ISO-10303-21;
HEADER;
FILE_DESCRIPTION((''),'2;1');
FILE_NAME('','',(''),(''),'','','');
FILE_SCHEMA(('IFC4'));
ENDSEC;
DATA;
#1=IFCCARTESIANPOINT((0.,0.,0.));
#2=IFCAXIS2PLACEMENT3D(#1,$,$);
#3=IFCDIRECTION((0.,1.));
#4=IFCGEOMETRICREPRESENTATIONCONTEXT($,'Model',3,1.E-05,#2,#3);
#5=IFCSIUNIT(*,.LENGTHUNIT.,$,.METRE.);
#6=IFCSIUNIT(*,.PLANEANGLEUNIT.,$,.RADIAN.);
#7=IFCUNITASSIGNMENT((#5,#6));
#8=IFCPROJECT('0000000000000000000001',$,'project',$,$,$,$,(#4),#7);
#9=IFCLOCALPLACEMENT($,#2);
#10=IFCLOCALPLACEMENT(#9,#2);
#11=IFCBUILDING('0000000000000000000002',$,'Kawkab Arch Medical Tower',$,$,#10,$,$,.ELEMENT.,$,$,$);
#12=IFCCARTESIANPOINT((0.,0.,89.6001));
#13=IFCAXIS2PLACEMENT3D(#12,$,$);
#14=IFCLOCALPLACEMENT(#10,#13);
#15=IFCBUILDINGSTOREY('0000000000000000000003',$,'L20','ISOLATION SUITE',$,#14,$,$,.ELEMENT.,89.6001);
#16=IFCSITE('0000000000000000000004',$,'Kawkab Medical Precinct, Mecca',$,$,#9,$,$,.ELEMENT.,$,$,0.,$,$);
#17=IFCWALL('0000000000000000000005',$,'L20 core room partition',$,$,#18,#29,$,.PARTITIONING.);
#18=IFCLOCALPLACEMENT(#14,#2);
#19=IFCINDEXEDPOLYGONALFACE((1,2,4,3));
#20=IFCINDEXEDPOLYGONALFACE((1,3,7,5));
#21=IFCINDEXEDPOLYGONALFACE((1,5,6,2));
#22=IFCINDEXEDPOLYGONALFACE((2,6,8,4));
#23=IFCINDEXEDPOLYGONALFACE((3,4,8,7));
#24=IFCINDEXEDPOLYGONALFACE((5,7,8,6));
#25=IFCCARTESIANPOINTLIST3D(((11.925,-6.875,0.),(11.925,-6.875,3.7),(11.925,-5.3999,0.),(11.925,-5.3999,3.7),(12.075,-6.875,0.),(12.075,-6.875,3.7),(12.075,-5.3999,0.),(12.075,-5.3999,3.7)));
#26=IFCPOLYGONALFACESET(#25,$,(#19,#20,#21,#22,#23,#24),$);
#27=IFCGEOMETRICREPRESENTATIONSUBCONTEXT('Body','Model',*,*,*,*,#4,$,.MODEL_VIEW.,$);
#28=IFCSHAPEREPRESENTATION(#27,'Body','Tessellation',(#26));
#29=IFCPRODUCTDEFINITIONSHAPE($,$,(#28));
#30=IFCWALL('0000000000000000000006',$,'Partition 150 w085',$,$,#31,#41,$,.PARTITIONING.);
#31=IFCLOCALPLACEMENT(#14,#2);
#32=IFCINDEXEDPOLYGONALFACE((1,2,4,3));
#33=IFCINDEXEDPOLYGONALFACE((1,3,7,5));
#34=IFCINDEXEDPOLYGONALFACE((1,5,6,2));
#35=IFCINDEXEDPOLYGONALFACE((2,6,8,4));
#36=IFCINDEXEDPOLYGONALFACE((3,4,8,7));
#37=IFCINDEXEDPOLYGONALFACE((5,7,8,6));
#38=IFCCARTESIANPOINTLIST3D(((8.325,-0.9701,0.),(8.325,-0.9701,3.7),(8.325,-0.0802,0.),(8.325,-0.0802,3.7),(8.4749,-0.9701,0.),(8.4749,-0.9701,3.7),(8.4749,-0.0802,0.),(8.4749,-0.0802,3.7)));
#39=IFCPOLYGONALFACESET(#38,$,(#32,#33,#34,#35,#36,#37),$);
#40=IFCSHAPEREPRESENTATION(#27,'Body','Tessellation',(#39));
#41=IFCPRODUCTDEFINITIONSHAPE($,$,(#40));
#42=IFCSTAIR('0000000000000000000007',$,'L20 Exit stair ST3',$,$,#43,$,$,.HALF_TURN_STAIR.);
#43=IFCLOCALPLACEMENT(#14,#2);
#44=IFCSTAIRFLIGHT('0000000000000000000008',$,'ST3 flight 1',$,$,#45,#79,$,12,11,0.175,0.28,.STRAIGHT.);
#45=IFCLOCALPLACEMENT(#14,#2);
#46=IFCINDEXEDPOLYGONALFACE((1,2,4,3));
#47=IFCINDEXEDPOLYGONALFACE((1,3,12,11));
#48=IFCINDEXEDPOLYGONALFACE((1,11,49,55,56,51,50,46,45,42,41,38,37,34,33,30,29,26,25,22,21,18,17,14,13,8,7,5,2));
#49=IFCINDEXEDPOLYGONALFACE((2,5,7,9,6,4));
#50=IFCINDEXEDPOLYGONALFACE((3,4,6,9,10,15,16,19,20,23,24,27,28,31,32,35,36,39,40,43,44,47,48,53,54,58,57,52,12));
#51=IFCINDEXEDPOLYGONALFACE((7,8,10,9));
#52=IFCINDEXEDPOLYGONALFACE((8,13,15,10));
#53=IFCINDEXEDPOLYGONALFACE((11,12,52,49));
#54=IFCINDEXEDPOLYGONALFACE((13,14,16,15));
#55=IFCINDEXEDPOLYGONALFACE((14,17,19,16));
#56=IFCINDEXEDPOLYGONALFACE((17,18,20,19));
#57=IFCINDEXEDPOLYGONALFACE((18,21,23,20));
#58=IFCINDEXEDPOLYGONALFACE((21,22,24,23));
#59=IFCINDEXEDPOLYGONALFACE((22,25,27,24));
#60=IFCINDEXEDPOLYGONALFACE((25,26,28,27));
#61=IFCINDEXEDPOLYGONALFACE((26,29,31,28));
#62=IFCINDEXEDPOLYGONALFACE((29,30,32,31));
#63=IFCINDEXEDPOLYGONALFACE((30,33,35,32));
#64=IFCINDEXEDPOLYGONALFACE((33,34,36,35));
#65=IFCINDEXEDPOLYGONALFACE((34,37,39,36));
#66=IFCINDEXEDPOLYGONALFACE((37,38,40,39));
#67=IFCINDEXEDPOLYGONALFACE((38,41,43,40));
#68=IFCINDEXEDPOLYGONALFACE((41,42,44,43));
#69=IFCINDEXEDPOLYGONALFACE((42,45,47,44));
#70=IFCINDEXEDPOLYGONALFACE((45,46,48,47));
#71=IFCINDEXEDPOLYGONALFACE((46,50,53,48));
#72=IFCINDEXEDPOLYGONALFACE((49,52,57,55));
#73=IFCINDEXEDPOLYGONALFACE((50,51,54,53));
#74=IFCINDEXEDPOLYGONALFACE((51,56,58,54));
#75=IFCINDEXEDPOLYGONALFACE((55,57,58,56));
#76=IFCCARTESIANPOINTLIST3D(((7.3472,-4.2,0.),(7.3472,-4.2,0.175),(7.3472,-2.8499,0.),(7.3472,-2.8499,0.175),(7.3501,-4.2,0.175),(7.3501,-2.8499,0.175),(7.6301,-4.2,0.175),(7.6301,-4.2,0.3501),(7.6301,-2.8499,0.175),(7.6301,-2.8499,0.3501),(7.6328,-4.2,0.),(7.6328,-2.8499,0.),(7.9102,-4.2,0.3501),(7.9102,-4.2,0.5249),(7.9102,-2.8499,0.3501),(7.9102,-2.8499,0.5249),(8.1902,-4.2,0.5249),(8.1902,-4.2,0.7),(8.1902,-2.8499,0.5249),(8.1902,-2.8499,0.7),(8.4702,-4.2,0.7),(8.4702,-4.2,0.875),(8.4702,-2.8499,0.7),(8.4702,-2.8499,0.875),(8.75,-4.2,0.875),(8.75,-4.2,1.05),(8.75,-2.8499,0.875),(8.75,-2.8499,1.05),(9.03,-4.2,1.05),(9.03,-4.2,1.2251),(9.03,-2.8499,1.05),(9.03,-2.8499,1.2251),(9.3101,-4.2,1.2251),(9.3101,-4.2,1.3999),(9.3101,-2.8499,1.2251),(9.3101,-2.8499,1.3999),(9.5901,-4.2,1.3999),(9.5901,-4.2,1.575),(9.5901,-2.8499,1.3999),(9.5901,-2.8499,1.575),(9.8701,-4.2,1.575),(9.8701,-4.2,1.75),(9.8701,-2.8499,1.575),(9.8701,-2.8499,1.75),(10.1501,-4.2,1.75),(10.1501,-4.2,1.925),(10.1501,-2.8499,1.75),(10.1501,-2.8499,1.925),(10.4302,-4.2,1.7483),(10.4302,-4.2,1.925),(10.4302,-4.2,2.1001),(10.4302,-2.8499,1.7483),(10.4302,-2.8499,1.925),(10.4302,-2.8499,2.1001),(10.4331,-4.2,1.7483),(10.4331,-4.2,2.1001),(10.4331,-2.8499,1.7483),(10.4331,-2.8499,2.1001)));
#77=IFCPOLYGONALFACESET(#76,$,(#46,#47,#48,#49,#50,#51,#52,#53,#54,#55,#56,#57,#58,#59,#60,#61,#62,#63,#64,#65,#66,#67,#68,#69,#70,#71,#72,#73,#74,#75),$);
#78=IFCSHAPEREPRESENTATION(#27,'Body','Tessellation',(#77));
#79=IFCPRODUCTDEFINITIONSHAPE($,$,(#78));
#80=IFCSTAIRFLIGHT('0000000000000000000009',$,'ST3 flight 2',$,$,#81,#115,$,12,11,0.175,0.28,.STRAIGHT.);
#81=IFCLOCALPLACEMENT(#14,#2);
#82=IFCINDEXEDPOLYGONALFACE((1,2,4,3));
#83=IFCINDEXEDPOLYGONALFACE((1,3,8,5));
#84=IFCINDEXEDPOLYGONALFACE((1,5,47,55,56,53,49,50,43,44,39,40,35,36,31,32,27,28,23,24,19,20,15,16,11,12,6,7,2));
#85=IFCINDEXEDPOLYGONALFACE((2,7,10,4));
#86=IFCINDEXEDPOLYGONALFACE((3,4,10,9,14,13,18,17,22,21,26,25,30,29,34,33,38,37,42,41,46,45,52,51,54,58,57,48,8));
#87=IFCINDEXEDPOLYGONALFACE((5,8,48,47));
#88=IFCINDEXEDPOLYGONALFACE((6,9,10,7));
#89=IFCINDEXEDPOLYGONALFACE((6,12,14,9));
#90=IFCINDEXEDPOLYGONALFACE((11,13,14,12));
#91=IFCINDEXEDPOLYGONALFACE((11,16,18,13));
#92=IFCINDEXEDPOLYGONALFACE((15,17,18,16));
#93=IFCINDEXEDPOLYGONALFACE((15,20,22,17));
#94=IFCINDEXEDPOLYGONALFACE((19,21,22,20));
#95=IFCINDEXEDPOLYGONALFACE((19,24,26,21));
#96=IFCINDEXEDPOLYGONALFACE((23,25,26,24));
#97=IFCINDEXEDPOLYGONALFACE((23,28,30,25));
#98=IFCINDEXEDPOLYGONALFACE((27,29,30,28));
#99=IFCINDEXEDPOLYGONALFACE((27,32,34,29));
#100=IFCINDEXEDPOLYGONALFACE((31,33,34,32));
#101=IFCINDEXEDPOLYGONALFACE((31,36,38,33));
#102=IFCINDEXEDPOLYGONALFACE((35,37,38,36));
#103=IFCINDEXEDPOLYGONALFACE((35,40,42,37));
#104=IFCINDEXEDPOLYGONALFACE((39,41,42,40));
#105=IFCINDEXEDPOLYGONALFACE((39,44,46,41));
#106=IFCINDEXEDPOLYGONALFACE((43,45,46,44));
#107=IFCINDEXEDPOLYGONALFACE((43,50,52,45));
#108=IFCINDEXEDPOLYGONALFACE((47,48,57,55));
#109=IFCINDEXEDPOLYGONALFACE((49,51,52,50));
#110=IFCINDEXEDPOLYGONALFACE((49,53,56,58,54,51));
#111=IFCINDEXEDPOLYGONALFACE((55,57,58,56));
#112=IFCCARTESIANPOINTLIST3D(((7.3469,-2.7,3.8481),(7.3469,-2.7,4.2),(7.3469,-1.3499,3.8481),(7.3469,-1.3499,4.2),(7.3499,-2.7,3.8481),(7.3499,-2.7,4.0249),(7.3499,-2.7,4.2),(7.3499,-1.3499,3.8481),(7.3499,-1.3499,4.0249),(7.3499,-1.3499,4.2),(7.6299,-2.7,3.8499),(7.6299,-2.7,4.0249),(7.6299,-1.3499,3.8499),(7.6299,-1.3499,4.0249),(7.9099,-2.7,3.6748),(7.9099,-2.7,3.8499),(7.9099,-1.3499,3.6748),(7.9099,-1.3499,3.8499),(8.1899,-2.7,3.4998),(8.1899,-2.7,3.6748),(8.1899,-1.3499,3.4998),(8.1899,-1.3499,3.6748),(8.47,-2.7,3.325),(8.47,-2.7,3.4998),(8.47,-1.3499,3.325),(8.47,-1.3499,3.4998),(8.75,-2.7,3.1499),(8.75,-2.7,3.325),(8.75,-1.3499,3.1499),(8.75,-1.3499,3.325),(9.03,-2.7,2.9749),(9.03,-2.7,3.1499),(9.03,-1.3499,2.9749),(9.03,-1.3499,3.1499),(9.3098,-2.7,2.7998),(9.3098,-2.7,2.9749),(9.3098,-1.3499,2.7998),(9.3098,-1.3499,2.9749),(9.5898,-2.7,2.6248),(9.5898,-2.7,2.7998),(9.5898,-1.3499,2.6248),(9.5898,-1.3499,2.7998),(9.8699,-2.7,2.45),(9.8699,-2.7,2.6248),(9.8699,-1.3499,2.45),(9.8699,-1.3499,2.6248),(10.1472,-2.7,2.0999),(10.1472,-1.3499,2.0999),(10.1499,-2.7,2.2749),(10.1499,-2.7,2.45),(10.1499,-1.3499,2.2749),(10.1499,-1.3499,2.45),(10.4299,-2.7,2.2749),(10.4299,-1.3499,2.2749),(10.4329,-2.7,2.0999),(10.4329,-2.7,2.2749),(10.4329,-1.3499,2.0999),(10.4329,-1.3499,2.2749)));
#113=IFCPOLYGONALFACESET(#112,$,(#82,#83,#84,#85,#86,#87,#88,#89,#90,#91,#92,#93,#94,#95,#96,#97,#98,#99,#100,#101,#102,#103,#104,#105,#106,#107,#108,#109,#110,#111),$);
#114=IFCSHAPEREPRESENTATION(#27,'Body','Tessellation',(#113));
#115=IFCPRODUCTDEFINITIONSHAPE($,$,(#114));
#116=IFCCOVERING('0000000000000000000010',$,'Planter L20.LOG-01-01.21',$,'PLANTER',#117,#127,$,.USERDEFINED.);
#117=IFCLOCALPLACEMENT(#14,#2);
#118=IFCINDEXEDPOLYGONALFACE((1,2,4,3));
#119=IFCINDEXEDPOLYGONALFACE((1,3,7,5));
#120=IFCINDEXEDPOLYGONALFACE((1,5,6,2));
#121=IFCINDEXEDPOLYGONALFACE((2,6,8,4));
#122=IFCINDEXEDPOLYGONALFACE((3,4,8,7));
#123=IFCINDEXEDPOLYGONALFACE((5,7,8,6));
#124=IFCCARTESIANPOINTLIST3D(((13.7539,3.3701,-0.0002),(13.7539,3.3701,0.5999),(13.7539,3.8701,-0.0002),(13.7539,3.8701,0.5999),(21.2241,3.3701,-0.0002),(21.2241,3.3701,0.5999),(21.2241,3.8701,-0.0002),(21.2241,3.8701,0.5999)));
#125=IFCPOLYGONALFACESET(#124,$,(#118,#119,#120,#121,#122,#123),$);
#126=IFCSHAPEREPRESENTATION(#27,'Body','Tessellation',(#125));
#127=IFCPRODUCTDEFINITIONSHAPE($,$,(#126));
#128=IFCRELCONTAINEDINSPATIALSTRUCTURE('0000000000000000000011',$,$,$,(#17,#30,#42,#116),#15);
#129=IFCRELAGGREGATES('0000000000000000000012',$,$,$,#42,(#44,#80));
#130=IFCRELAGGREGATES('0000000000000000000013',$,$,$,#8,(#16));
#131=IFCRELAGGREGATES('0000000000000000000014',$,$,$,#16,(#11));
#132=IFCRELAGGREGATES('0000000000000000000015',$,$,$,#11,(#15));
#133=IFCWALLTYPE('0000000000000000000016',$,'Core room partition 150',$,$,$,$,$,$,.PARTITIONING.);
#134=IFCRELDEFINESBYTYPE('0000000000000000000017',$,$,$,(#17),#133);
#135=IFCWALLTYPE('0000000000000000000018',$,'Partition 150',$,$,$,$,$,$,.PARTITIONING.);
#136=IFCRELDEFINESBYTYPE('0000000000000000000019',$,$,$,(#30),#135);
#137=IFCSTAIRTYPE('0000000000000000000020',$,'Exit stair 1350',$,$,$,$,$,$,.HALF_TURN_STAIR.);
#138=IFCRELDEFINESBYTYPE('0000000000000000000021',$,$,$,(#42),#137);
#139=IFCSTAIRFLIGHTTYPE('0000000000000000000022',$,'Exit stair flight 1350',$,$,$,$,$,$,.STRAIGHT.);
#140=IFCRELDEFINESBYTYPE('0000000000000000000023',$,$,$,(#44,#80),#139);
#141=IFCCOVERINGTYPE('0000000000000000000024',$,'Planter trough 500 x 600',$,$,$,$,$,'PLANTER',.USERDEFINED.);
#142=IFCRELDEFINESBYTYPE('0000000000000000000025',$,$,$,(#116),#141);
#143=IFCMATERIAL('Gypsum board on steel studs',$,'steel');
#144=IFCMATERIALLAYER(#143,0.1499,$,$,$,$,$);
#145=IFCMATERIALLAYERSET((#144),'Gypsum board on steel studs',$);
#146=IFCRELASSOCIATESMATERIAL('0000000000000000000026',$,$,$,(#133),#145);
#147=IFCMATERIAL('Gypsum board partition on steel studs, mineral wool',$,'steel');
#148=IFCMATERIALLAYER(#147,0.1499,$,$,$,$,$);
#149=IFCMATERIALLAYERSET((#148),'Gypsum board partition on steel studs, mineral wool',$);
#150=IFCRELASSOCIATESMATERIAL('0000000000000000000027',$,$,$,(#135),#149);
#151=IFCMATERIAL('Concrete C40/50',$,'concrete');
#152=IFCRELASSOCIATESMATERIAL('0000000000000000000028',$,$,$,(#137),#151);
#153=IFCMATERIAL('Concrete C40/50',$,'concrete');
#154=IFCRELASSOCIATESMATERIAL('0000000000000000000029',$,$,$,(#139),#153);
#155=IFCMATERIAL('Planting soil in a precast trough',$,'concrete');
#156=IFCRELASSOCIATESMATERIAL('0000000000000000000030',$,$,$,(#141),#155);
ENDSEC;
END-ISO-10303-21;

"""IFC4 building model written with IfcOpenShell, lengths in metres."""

from ifc_helpers import new_model, si_unit, direction, frame, frame_2d, origin, origin_2d, place, context, subcontext, project, spatial, polyline, rectangle, outline, extrude, material, layer, layer_set, material_profile, profile_set, type_object, element, aggregate, save


model = new_model("IFC4")

# Units and contexts
model_context = context("Model", 3, precision=1e-05, world=origin(), true_north=direction((0.0, 1.0)))
body_context = subcontext(model_context, "Body", "Model", "MODEL_VIEW")
ifc_project = project(units=[si_unit("LENGTHUNIT", "METRE"), si_unit("PLANEANGLEUNIT", "RADIAN")], contexts=[model_context])

# Site, building, storey
site_placement = place(None, origin())
site = spatial("IfcSite", under=ifc_project, at=site_placement, Name="Kawkab Medical Precinct, Mecca", CompositionType="ELEMENT", RefElevation=0.0)
building_placement = place(site_placement, origin())
building = spatial("IfcBuilding", under=site, at=building_placement, Name="Kawkab Arch Medical Tower", CompositionType="ELEMENT")
storey_placement = place(building_placement, frame((0.0, 0.0, 89.6001)))
storey = spatial("IfcBuildingStorey", under=building, at=storey_placement, Name="L20", Description="ISOLATION SUITE", CompositionType="ELEMENT", Elevation=89.6001)

# Shared definitions
placement = place(storey_placement, origin())

# Shared definitions
ifc_material_1 = material(Name="Gypsum board on steel studs", Category="steel")
ifc_layer_1 = layer(ifc_material_1, 0.1499)
ifc_layer_set_1 = layer_set([ifc_layer_1], Name="Gypsum board on steel studs")
wall_type_1 = type_object("IfcWallType", Name="Core room partition 150", PredefinedType="PARTITIONING", material=ifc_layer_set_1)

# Walls
for number, where, z_axis, x_axis, name in (
    (1, (12.0, -6.875, 0.0), (0.0, 0.0, 1.0), (0.0, 1.0, 0.0), "L20 core room partition"),
):
    element("IfcWall", number, at=place(storey_placement, frame(where, z_axis=z_axis, x_axis=x_axis)), inside=storey, type_object=wall_type_1, Name=name, PredefinedType="PARTITIONING", context=body_context, shape_type="SweptSolid", body=[
        extrude(rectangle(XDim=1.4751, YDim=0.1499, at=frame_2d((0.7375, 0.0))), origin(), (0.0, 0.0, 1.0), 3.7),
    ])
ifc_material_2 = material(Name="Gypsum board partition on steel studs, mineral wool", Category="steel")
ifc_layer_2 = layer(ifc_material_2, 0.1499)
ifc_layer_set_2 = layer_set([ifc_layer_2], Name="Gypsum board partition on steel studs, mineral wool")
wall_type_2 = type_object("IfcWallType", Name="Partition 150", PredefinedType="PARTITIONING", material=ifc_layer_set_2)
wall_1_placement = place(storey_placement, frame((8.3999, -0.97, 0.0), z_axis=(0.0, 0.0, 1.0), x_axis=(0.0, 1.0, 0.0)))
element("IfcWall", 2, at=wall_1_placement, inside=storey, type_object=wall_type_2, Name="Partition 150 w085", PredefinedType="PARTITIONING", context=body_context, shape_type="SweptSolid", body=[
    extrude(rectangle(XDim=0.8899, YDim=0.1499, at=frame_2d((0.4448, 0.0))), origin(), (0.0, 0.0, 1.0), 3.7),
])

# Stair, stair flights
ifc_material_3 = material(Name="Concrete C40/50", Category="concrete")
stair_type = type_object("IfcStairType", Name="Exit stair 1350", PredefinedType="HALF_TURN_STAIR", material=ifc_material_3)
stair = element("IfcStair", 3, at=placement, inside=storey, type_object=stair_type, Name="L20 Exit stair ST3", PredefinedType="HALF_TURN_STAIR")
ifc_material_4 = material(Name="Concrete C40/50", Category="concrete")
stair_flight_type = type_object("IfcStairFlightType", Name="Exit stair flight 1350", PredefinedType="STRAIGHT", material=ifc_material_4)
stair_flight_1_placement = place(storey_placement, frame((7.3501, -3.5249, 0.0), z_axis=(0.0, 0.0, 1.0), x_axis=(1.0, 0.0, 0.0)))
stair_flight_1 = element("IfcStairFlight", 4, at=stair_flight_1_placement, type_object=stair_flight_type, Name="ST3 flight 1", NumberOfRisers=12, NumberOfTreads=11, PredefinedType="STRAIGHT", RiserHeight=0.175, TreadLength=0.28, context=body_context, shape_type="SweptSolid", body=[
    extrude(outline(polyline([(-0.0029, 0.0), (-0.0029, 0.175), (0.0, 0.175), (0.28, 0.175), (0.28, 0.3501), (0.5601, 0.3501), (0.5601, 0.5249), (0.8401, 0.5249), (0.8401, 0.7), (1.1201, 0.7), (1.1201, 0.875), (1.3999, 0.875), (1.3999, 1.05), (1.6799, 1.05), (1.6799, 1.2251), (1.96, 1.2251), (1.96, 1.3999), (2.24, 1.3999), (2.24, 1.575), (2.52, 1.575), (2.52, 1.75), (2.8, 1.75), (2.8, 1.925), (3.0801, 1.925), (3.0801, 2.1001), (3.083, 2.1001), (3.083, 1.7483), (3.0801, 1.7483), (0.2827, 0.0), (-0.0029, 0.0)])), frame((0.0, 0.675, 0.0), z_axis=(0.0, -1.0, 0.0), x_axis=(1.0, 0.0, 0.0)), (0.0, 0.0, 1.0), 1.3501),
])
stair_flight_2_placement = place(storey_placement, frame((10.4299, -2.0249, 2.0999), z_axis=(0.0, 0.0, 1.0), x_axis=(-1.0, 0.0, 0.0)))
stair_flight_2 = element("IfcStairFlight", 5, at=stair_flight_2_placement, type_object=stair_flight_type, Name="ST3 flight 2", NumberOfRisers=12, NumberOfTreads=11, PredefinedType="STRAIGHT", RiserHeight=0.175, TreadLength=0.28, context=body_context, shape_type="SweptSolid", body=[
    extrude(outline(polyline([(-0.0029, 0.0), (-0.0029, 0.175), (0.0, 0.175), (0.28, 0.175), (0.28, 0.3501), (0.5601, 0.3501), (0.5601, 0.5249), (0.8401, 0.5249), (0.8401, 0.7), (1.1201, 0.7), (1.1201, 0.875), (1.3999, 0.875), (1.3999, 1.05), (1.6799, 1.05), (1.6799, 1.2251), (1.96, 1.2251), (1.96, 1.3999), (2.24, 1.3999), (2.24, 1.575), (2.52, 1.575), (2.52, 1.75), (2.8, 1.75), (2.8, 1.925), (3.0801, 1.925), (3.0801, 2.1001), (3.083, 2.1001), (3.083, 1.7483), (3.0801, 1.7483), (0.2827, 0.0), (-0.0029, 0.0)])), frame((0.0, 0.675, 0.0), z_axis=(0.0, -1.0, 0.0), x_axis=(1.0, 0.0, 0.0)), (0.0, 0.0, 1.0), 1.3501),
])
aggregate(stair, [stair_flight_1, stair_flight_2])

# Covering
ifc_material_5 = material(Name="Planting soil in a precast trough", Category="concrete")
ifc_material_profile_1 = material_profile(ifc_material_5, rectangle(XDim=0.5, YDim=0.6001, at=origin_2d()), Name="Trough 500x600")
ifc_profile_set_1 = profile_set([ifc_material_profile_1], Name="Planting soil in a precast trough")
covering_type = type_object("IfcCoveringType", Name="Planter trough 500 x 600", ElementType="PLANTER", PredefinedType="USERDEFINED", material=ifc_profile_set_1)
covering_placement = place(storey_placement, frame((13.7539, 3.6201, 0.2998), z_axis=(1.0, 0.0, 0.0), x_axis=(0.0, 1.0, 0.0)))
element("IfcCovering", 6, at=covering_placement, inside=storey, type_object=covering_type, Name="Planter L20.LOG-01-01.21", ObjectType="PLANTER", PredefinedType="USERDEFINED", context=body_context, shape_type="SweptSolid", body=[
    extrude(rectangle(XDim=0.5, YDim=0.6001, at=origin_2d()), origin(), (0.0, 0.0, 1.0), 7.4702),
])

save(model, "model.ifc")
